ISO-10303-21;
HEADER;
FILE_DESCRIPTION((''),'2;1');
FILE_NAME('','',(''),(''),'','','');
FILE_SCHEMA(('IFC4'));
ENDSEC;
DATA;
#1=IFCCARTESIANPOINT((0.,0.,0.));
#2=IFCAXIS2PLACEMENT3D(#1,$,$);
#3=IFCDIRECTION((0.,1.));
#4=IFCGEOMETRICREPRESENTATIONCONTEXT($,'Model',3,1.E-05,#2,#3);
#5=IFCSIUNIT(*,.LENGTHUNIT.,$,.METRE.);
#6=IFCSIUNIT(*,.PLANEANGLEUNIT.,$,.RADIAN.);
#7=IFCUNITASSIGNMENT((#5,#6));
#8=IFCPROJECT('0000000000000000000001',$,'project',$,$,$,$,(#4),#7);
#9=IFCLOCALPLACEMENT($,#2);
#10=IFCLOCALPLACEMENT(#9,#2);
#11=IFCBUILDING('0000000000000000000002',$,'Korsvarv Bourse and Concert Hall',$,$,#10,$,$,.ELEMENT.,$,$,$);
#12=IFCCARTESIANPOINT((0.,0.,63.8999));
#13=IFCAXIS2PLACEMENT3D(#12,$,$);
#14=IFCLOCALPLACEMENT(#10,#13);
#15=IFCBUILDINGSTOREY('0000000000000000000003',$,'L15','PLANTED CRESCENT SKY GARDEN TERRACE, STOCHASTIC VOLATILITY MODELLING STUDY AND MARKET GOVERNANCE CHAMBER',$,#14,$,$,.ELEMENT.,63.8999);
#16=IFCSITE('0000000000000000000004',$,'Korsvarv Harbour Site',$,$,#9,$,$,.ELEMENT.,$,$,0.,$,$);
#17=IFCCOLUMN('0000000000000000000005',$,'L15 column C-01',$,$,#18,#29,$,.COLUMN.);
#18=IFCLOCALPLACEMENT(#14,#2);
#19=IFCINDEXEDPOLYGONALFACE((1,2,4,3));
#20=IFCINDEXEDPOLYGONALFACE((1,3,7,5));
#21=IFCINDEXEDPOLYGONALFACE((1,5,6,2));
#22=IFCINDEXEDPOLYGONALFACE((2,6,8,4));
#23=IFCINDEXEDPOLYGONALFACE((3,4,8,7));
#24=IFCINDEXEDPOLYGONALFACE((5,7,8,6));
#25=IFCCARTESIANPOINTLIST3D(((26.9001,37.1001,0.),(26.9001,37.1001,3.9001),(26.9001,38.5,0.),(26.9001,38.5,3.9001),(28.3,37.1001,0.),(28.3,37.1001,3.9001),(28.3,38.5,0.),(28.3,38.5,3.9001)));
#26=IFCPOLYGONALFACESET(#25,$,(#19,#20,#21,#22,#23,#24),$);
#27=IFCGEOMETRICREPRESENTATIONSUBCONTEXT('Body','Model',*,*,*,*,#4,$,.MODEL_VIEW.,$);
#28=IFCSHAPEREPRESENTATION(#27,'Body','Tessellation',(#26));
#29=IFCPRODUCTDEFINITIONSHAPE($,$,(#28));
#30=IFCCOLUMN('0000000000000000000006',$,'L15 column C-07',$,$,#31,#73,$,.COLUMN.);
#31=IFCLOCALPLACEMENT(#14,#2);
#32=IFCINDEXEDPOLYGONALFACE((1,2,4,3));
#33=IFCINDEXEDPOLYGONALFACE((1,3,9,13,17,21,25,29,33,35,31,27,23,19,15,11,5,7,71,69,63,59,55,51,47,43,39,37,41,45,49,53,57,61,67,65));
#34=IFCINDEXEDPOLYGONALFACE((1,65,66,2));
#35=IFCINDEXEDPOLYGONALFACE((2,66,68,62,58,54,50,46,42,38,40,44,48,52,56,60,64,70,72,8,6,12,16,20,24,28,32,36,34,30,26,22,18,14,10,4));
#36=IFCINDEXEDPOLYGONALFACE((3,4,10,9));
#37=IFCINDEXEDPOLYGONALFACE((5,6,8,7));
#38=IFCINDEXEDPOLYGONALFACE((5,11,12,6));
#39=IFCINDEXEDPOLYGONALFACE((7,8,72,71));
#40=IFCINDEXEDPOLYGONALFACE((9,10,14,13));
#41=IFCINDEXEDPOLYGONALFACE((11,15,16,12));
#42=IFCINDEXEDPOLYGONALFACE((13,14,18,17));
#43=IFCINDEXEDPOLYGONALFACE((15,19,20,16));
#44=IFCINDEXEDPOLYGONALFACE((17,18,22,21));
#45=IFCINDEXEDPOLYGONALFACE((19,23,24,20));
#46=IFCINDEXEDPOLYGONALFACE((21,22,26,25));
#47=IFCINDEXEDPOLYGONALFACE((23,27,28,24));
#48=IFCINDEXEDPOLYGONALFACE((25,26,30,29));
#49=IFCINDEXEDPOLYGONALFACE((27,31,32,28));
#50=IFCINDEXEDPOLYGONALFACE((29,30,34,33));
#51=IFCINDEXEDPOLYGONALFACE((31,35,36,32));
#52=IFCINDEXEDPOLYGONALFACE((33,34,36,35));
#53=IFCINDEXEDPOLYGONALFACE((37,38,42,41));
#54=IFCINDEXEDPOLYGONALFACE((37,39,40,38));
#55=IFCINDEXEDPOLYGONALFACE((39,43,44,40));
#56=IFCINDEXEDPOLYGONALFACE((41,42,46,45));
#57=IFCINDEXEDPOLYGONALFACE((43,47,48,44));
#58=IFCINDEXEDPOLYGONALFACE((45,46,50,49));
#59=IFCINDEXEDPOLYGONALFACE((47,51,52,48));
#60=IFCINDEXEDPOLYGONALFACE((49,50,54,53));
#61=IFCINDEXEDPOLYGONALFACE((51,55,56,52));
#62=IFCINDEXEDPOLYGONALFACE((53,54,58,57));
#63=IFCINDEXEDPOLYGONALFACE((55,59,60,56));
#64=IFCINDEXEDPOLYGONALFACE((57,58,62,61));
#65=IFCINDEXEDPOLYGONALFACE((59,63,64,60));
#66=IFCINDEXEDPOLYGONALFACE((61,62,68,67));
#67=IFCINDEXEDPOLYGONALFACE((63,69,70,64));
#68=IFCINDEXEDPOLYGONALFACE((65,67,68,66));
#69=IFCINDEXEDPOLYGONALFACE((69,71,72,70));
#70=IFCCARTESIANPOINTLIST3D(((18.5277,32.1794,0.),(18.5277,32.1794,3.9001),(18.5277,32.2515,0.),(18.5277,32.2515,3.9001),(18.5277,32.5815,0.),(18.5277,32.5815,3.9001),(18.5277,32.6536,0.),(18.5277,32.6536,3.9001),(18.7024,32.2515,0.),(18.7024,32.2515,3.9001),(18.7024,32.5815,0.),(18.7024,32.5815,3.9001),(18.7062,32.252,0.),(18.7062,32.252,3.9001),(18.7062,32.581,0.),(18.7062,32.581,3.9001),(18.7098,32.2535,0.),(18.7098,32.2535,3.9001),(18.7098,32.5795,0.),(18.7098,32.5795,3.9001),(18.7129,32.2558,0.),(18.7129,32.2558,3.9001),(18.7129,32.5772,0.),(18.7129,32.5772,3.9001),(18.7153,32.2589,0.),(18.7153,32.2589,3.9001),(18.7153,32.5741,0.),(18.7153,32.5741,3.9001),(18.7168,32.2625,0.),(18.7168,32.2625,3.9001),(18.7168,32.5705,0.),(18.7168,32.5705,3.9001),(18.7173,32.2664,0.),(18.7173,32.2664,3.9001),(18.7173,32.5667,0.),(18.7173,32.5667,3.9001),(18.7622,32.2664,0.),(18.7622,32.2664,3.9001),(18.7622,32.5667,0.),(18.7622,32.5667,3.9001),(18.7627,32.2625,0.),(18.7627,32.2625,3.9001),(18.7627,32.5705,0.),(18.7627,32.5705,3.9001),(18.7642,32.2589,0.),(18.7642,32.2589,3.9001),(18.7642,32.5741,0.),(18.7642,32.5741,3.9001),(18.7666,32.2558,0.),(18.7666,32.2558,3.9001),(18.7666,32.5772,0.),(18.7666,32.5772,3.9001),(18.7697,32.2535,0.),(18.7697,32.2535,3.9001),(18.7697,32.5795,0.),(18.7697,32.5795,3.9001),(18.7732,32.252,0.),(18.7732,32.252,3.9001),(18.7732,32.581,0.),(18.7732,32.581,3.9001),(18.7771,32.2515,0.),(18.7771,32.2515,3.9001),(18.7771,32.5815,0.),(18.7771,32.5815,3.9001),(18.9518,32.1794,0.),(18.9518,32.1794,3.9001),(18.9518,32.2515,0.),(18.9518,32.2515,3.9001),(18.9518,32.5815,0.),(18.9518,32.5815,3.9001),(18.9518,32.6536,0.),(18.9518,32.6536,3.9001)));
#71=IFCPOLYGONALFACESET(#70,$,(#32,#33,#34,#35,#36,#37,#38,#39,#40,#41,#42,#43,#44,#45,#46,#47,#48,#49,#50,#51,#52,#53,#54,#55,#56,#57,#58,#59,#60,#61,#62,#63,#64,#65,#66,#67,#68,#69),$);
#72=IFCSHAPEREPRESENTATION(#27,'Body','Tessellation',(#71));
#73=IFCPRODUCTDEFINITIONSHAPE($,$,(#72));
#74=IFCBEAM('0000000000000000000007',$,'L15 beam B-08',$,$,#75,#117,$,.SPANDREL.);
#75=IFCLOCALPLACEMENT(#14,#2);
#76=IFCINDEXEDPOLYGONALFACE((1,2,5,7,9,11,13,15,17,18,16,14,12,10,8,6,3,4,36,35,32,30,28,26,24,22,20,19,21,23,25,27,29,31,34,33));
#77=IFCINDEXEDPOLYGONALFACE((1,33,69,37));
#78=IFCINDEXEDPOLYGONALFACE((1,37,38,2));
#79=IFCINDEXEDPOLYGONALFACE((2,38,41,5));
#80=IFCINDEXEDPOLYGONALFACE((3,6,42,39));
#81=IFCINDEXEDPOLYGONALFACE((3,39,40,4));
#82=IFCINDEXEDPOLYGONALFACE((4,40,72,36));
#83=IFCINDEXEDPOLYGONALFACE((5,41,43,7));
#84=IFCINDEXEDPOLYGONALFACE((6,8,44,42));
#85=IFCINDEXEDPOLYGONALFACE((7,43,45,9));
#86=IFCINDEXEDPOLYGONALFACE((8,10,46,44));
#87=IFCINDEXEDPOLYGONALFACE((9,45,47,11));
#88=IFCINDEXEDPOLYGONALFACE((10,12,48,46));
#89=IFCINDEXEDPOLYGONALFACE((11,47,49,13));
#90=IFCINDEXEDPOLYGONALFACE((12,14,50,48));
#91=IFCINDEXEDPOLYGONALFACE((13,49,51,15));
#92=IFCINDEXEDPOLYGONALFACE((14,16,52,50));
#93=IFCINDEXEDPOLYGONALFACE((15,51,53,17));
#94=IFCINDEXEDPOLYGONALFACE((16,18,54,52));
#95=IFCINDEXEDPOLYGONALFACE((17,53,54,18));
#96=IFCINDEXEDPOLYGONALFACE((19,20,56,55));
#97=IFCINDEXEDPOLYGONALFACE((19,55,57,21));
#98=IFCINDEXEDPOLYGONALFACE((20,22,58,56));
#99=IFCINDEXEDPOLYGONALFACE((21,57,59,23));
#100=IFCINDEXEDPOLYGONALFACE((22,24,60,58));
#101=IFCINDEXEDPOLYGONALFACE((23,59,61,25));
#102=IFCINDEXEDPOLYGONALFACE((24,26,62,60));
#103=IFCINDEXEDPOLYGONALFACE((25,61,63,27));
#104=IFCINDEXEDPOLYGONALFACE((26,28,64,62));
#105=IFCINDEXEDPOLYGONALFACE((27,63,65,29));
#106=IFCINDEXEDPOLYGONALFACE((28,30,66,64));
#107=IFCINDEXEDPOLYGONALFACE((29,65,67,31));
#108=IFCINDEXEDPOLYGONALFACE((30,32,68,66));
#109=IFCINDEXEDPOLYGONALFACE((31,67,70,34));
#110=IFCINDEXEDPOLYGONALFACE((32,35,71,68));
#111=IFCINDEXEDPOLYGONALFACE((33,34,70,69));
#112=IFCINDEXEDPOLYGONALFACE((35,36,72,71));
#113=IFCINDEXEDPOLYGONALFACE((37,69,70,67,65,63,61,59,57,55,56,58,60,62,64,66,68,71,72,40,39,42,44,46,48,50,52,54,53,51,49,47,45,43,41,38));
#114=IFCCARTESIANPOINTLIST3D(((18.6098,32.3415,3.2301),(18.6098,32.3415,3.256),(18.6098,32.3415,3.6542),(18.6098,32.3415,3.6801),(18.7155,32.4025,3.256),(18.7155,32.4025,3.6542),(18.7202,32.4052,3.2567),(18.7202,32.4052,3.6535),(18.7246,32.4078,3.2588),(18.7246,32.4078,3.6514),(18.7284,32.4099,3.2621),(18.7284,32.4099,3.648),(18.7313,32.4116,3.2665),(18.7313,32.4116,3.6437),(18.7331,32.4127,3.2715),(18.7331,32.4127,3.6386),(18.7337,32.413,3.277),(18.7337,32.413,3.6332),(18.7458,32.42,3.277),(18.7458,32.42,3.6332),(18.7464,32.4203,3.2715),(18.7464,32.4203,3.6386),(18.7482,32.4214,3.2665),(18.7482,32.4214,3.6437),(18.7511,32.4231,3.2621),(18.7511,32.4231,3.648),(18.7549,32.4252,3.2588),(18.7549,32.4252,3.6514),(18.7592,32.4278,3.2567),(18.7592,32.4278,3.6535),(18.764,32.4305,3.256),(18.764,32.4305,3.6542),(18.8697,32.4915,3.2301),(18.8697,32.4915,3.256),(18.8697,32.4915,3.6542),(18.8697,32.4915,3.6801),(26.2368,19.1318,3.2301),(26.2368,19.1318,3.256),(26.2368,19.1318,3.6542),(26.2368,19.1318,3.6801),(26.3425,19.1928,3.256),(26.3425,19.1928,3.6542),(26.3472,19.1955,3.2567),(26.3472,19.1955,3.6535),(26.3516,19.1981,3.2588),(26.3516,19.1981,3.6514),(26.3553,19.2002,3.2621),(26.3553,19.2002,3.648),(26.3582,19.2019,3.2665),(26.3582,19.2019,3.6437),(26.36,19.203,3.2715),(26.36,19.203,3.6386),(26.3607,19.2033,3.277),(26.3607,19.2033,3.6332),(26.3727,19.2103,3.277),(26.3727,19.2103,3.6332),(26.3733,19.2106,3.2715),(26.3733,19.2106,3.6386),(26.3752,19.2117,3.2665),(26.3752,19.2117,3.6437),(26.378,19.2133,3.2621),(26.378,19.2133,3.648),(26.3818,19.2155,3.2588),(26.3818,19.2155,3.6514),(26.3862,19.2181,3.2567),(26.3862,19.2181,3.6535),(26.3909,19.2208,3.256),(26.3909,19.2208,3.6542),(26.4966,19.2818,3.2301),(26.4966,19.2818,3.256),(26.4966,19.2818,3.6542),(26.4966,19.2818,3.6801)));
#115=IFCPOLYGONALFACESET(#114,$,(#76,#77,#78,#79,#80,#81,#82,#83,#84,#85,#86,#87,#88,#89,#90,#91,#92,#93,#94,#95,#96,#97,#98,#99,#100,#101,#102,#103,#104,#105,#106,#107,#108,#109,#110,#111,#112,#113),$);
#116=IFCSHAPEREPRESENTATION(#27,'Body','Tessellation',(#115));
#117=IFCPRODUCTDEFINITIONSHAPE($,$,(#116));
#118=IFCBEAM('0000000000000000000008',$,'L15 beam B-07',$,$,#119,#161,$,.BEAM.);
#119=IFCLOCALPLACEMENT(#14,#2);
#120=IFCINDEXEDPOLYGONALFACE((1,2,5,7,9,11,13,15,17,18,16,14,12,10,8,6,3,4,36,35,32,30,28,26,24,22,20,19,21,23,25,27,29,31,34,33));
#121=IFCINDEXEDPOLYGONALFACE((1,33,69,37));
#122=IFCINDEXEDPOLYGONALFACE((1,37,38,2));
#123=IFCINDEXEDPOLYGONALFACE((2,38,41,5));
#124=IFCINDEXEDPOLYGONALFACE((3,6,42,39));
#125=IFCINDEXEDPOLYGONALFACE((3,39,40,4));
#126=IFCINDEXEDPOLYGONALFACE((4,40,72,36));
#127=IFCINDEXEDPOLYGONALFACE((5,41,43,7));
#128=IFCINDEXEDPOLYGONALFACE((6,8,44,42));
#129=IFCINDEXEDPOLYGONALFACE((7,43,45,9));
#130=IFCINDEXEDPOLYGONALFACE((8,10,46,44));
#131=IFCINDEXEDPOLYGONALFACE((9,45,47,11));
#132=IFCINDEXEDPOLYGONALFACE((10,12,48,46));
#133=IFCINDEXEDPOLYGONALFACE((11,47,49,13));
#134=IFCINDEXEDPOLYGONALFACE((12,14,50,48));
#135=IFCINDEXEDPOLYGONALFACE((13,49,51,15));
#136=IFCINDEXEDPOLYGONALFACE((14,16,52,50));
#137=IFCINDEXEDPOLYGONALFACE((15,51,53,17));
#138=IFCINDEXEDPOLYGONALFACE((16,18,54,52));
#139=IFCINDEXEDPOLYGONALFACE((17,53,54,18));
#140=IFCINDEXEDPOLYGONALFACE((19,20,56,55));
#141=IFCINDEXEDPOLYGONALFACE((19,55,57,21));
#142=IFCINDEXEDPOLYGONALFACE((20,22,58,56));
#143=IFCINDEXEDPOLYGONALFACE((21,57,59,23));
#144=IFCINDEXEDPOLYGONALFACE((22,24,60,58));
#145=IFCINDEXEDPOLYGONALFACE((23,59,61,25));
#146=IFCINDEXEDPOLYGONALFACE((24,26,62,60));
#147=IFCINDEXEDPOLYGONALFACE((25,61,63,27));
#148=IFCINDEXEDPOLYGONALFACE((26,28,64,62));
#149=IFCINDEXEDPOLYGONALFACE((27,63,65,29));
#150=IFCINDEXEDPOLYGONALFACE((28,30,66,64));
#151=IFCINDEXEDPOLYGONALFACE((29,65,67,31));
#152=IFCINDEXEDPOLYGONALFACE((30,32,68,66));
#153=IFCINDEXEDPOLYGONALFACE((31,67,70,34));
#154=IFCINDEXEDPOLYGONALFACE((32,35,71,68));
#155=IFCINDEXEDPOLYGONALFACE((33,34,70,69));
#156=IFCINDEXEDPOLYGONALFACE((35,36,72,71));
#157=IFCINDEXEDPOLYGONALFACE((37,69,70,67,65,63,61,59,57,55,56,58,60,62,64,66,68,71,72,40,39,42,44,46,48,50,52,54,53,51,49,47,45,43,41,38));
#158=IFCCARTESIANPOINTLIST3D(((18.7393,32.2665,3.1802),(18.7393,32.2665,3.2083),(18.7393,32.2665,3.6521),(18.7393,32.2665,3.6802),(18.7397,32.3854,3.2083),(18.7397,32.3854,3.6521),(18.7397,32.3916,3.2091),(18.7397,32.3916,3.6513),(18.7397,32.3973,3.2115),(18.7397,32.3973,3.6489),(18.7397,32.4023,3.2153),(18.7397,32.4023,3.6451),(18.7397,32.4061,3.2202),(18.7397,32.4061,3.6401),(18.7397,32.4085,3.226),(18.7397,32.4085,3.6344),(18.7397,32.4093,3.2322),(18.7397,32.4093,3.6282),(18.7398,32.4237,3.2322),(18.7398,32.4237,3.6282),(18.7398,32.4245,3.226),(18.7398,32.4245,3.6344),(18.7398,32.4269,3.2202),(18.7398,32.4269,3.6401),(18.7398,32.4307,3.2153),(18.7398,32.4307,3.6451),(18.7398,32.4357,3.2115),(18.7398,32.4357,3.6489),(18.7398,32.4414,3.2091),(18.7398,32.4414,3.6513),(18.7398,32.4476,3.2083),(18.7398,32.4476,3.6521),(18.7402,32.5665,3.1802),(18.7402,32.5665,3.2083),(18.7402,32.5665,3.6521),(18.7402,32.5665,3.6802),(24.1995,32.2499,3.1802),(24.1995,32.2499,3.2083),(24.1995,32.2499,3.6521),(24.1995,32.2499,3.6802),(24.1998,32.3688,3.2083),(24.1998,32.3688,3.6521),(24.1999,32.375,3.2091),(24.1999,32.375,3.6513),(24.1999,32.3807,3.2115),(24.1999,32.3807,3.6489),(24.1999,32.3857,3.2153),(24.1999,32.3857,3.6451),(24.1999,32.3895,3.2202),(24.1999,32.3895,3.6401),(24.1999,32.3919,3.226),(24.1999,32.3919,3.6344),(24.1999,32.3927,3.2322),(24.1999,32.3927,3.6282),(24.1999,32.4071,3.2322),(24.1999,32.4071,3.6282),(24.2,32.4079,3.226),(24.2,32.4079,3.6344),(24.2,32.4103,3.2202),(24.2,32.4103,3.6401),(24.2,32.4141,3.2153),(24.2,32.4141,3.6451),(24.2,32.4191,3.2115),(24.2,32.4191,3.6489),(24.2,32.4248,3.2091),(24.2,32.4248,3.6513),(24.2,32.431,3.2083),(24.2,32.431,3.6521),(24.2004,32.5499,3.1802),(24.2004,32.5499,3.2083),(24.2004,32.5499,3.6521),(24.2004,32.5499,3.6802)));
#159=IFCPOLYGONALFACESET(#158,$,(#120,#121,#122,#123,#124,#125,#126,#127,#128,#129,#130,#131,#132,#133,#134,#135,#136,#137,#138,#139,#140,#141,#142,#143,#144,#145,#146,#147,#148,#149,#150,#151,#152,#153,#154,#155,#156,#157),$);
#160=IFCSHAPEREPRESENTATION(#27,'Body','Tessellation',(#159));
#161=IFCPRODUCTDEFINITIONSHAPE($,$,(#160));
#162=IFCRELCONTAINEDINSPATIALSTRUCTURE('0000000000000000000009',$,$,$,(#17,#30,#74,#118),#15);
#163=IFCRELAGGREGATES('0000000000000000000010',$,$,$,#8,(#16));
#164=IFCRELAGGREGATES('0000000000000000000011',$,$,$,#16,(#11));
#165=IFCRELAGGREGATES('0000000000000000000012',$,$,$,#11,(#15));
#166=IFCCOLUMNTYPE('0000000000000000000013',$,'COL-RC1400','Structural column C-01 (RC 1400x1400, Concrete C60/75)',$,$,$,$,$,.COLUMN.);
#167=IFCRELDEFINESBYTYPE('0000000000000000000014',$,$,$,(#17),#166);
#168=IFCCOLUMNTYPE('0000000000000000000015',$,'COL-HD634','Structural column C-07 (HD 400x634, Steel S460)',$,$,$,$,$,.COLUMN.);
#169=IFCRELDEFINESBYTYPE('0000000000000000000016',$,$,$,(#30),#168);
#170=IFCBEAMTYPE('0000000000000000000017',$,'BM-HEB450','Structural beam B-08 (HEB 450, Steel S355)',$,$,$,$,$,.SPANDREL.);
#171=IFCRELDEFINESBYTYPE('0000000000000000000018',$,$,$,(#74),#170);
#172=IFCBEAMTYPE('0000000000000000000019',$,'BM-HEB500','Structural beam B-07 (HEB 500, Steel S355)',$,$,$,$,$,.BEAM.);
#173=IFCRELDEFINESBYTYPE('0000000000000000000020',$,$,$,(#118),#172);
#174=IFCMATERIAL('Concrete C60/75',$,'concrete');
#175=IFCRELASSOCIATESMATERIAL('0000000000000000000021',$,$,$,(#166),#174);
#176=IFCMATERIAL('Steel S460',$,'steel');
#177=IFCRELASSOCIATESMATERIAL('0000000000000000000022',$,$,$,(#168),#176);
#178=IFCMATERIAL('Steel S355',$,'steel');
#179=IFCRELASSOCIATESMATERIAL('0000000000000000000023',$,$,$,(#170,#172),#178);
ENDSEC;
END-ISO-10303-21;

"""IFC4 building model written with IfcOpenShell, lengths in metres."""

from ifc_helpers import new_model, si_unit, direction, frame, origin, origin_2d, place, context, subcontext, project, spatial, rectangle, i_section, extrude, source, transform, mapped, material, material_profile, profile_set, type_object, element, save


model = new_model("IFC4")

# Units and contexts
model_context = context("Model", 3, precision=1e-05, world=origin(), true_north=direction((0.0, 1.0)))
body_context = subcontext(model_context, "Body", "Model", "MODEL_VIEW")
ifc_project = project(units=[si_unit("LENGTHUNIT", "METRE"), si_unit("PLANEANGLEUNIT", "RADIAN")], contexts=[model_context])

# Site, building, storey
site_placement = place(None, origin())
site = spatial("IfcSite", under=ifc_project, at=site_placement, Name="Korsvarv Harbour Site", CompositionType="ELEMENT", RefElevation=0.0)
building_placement = place(site_placement, origin())
building = spatial("IfcBuilding", under=site, at=building_placement, Name="Korsvarv Bourse and Concert Hall", CompositionType="ELEMENT")
storey_placement = place(building_placement, frame((0.0, 0.0, 63.8999)))
storey = spatial("IfcBuildingStorey", under=building, at=storey_placement, Name="L15", Description="PLANTED CRESCENT SKY GARDEN TERRACE, STOCHASTIC VOLATILITY MODELLING STUDY AND MARKET GOVERNANCE CHAMBER", CompositionType="ELEMENT", Elevation=63.8999)

# Columns
ifc_material_1 = material(Name="Concrete C60/75", Category="concrete")
ifc_material_profile_1 = material_profile(ifc_material_1, rectangle(XDim=1.3999, YDim=1.3999, at=origin_2d()), Name="RC 1400x1400")
ifc_profile_set_1 = profile_set([ifc_material_profile_1], Name="Concrete C60/75")
column_type_1 = type_object("IfcColumnType", Name="COL-RC1400", Description="Structural column C-01 (RC 1400x1400, Concrete C60/75)", PredefinedType="COLUMN", material=ifc_profile_set_1)
shared_shape_1 = source(origin(), body_context, "Body", "SweptSolid", [
    extrude(rectangle(XDim=1.3999, YDim=1.3999, at=origin_2d()), origin(), (0.0, 0.0, 1.0), 3.9001),
])
column_1_placement = place(storey_placement, frame((27.6001, 37.8, 0.0), z_axis=(0.0, 0.0, 1.0), x_axis=(1.0, 0.0, 0.0)))
element("IfcColumn", 1, at=column_1_placement, inside=storey, type_object=column_type_1, Name="L15 column C-01", PredefinedType="COLUMN", context=body_context, shape_type="MappedRepresentation", body=[
    mapped(shared_shape_1, transform((0.0, 0.0, 0.0), scale=1.0)),
])
ifc_material_2 = material(Name="Steel S460", Category="steel")
ifc_material_profile_2 = material_profile(ifc_material_2, i_section(OverallWidth=0.4241, OverallDepth=0.4741, WebThickness=0.0449, FlangeThickness=0.072, FilletRadius=0.0149, at=origin_2d()), Name="HD 400x634")
ifc_profile_set_2 = profile_set([ifc_material_profile_2], Name="Steel S460")
column_type_2 = type_object("IfcColumnType", Name="COL-HD634", Description="Structural column C-07 (HD 400x634, Steel S460)", PredefinedType="COLUMN", material=ifc_profile_set_2)
shared_shape_2 = source(origin(), body_context, "Body", "SweptSolid", [
    extrude(i_section(OverallWidth=0.4241, OverallDepth=0.4741, WebThickness=0.0449, FlangeThickness=0.072, FilletRadius=0.0149, at=origin_2d()), origin(), (0.0, 0.0, 1.0), 3.9001),
])
column_2_placement = place(storey_placement, frame((18.7397, 32.4165, 0.0), z_axis=(0.0, 0.0, 1.0), x_axis=(1.0, 0.0, 0.0)))
element("IfcColumn", 2, at=column_2_placement, inside=storey, type_object=column_type_2, Name="L15 column C-07", PredefinedType="COLUMN", context=body_context, shape_type="MappedRepresentation", body=[
    mapped(shared_shape_2, transform((0.0, 0.0, 0.0), scale=1.0)),
])

# Beams
ifc_material_3 = material(Name="Steel S355", Category="steel")
ifc_material_profile_3 = material_profile(ifc_material_3, i_section(OverallWidth=0.3, OverallDepth=0.45, WebThickness=0.0139, FlangeThickness=0.0259, FilletRadius=0.021, at=origin_2d()), Name="HEB 450")
ifc_profile_set_3 = profile_set([ifc_material_profile_3], Name="Steel S355")
beam_type_1 = type_object("IfcBeamType", Name="BM-HEB450", Description="Structural beam B-08 (HEB 450, Steel S355)", PredefinedType="SPANDREL", material=ifc_profile_set_3)
shared_shape_3 = source(origin(), body_context, "Body", "SweptSolid", [
    extrude(i_section(OverallWidth=0.3, OverallDepth=0.45, WebThickness=0.0139, FlangeThickness=0.0259, FilletRadius=0.021, at=origin_2d()), origin(), (0.0, 0.0, 1.0), 15.2534),
])
beam_1_placement = place(storey_placement, frame((18.7397, 32.4165, 3.4551), z_axis=(0.500016, -0.866016, 0.0), x_axis=(0.866016, 0.500016, 0.0)))
element("IfcBeam", 3, at=beam_1_placement, inside=storey, type_object=beam_type_1, Name="L15 beam B-08", PredefinedType="SPANDREL", context=body_context, shape_type="MappedRepresentation", body=[
    mapped(shared_shape_3, transform((0.0, 0.0, 0.0), scale=1.0)),
])
ifc_material_profile_4 = material_profile(ifc_material_3, i_section(OverallWidth=0.3, OverallDepth=0.5, WebThickness=0.0144, FlangeThickness=0.0281, FilletRadius=0.0239, at=origin_2d()), Name="HEB 500")
ifc_profile_set_4 = profile_set([ifc_material_profile_4], Name="Steel S355")
beam_type_2 = type_object("IfcBeamType", Name="BM-HEB500", Description="Structural beam B-07 (HEB 500, Steel S355)", PredefinedType="BEAM", material=ifc_profile_set_4)
shared_shape_4 = source(origin(), body_context, "Body", "SweptSolid", [
    extrude(i_section(OverallWidth=0.3, OverallDepth=0.5, WebThickness=0.0144, FlangeThickness=0.0281, FilletRadius=0.0239, at=origin_2d()), origin(), (0.0, 0.0, 1.0), 5.4602),
])
beam_2_placement = place(storey_placement, frame((18.7397, 32.4165, 3.4302), z_axis=(0.999995, -0.00304, 0.0), x_axis=(0.00304, 0.999995, 0.0)))
element("IfcBeam", 4, at=beam_2_placement, inside=storey, type_object=beam_type_2, Name="L15 beam B-07", PredefinedType="BEAM", context=body_context, shape_type="MappedRepresentation", body=[
    mapped(shared_shape_4, transform((0.0, 0.0, 0.0), scale=1.0)),
])

save(model, "model.ifc")
